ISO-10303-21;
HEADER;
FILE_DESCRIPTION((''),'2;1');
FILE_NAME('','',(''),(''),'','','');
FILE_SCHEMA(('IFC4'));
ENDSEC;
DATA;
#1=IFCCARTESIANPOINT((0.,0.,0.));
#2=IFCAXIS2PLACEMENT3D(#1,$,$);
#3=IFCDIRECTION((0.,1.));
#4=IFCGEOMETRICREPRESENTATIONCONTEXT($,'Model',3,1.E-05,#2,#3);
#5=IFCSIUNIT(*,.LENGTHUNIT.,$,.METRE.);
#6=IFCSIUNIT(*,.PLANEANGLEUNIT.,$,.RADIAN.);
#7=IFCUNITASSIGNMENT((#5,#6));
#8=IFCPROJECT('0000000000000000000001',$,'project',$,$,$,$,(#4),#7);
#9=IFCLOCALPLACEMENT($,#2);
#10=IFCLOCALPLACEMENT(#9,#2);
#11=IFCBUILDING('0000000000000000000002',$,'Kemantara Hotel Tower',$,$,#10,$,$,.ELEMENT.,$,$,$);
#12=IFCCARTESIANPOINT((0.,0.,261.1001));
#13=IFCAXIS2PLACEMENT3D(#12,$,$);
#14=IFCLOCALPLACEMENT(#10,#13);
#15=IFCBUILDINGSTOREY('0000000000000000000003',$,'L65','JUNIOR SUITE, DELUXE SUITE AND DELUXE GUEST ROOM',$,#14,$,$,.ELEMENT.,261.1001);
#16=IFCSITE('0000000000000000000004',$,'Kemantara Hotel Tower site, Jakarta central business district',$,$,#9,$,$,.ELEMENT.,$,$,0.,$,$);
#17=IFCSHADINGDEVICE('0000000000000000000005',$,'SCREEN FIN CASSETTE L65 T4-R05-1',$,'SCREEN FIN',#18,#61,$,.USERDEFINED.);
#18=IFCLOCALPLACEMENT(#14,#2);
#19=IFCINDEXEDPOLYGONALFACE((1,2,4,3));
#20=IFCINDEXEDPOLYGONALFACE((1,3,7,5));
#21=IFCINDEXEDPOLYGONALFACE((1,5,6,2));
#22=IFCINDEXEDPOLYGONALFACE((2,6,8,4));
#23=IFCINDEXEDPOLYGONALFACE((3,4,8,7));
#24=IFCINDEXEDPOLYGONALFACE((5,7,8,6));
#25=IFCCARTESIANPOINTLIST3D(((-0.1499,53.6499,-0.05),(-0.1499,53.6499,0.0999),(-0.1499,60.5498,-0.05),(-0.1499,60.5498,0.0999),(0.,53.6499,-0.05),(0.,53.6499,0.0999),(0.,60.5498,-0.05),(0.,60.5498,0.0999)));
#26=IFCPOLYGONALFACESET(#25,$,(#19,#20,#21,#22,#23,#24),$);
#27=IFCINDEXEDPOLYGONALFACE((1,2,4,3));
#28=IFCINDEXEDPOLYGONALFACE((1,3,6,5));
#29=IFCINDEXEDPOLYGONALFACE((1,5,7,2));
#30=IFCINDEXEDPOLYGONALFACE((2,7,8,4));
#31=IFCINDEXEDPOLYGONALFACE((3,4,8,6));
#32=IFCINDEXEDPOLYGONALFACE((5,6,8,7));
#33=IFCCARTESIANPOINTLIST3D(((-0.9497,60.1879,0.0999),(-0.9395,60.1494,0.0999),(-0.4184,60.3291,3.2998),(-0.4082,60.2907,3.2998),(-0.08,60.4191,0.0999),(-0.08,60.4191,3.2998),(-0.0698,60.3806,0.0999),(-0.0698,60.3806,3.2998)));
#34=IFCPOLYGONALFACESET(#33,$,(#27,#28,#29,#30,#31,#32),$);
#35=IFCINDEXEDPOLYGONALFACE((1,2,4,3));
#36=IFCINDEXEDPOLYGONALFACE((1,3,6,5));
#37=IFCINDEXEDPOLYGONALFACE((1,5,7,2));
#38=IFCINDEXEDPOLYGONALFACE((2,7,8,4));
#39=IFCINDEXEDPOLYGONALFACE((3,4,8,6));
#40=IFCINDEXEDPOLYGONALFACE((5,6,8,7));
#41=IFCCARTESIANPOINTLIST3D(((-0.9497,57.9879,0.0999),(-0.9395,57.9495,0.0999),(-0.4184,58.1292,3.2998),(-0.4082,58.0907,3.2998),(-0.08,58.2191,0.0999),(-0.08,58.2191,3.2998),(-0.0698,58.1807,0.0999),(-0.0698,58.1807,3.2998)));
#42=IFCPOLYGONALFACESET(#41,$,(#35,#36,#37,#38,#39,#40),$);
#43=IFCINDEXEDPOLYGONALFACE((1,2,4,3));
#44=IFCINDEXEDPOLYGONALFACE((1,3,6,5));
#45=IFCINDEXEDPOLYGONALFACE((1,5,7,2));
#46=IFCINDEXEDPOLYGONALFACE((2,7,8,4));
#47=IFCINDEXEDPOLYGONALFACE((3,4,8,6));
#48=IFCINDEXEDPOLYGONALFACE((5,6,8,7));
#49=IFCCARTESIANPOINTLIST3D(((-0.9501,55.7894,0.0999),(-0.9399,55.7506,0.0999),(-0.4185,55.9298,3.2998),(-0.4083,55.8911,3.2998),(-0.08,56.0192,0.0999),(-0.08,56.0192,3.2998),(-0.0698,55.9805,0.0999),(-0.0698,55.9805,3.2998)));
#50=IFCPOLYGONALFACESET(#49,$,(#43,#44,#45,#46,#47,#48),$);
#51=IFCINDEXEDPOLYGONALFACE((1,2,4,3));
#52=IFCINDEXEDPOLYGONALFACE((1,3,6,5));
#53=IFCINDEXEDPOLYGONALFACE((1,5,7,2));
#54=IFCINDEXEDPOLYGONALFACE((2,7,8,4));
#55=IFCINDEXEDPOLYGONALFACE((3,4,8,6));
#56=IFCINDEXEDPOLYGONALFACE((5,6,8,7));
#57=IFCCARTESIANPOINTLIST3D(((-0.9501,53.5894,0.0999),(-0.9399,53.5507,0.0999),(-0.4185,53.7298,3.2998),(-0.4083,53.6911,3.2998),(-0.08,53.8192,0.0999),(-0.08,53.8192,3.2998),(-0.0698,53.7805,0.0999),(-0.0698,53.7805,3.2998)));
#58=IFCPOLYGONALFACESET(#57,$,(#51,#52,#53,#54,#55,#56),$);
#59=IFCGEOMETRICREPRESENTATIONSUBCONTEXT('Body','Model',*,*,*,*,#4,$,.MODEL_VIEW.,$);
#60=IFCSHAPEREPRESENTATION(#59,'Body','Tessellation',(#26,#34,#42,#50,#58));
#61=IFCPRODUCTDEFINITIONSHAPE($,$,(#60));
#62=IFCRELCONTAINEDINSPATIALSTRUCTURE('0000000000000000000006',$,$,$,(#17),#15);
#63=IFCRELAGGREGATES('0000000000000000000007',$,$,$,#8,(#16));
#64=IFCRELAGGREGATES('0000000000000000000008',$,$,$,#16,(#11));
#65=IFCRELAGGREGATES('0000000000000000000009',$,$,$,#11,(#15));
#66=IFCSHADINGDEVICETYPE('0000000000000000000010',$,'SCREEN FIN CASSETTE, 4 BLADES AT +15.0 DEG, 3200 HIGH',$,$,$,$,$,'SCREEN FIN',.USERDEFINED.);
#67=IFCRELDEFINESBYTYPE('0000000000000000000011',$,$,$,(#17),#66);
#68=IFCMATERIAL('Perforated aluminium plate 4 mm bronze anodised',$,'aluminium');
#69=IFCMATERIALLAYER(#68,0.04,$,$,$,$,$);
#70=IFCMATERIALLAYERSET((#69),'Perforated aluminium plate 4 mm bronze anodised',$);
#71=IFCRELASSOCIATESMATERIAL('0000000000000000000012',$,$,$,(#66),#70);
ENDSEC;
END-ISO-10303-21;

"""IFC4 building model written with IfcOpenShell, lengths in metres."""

from ifc_helpers import new_model, si_unit, direction, frame, origin, origin_2d, place, context, subcontext, project, spatial, polyline, rectangle, outline, extrude, source, transform, mapped, material, layer, layer_set, type_object, element, save


model = new_model("IFC4")

# Units and contexts
model_context = context("Model", 3, precision=1e-05, world=origin(), true_north=direction((0.0, 1.0)))
body_context = subcontext(model_context, "Body", "Model", "MODEL_VIEW")
ifc_project = project(units=[si_unit("LENGTHUNIT", "METRE"), si_unit("PLANEANGLEUNIT", "RADIAN")], contexts=[model_context])

# Site, building, storey
site_placement = place(None, origin())
site = spatial("IfcSite", under=ifc_project, at=site_placement, Name="Kemantara Hotel Tower site, Jakarta central business district", CompositionType="ELEMENT", RefElevation=0.0)
building_placement = place(site_placement, origin())
building = spatial("IfcBuilding", under=site, at=building_placement, Name="Kemantara Hotel Tower", CompositionType="ELEMENT")
storey_placement = place(building_placement, frame((0.0, 0.0, 261.1001)))
storey = spatial("IfcBuildingStorey", under=building, at=storey_placement, Name="L65", Description="JUNIOR SUITE, DELUXE SUITE AND DELUXE GUEST ROOM", CompositionType="ELEMENT", Elevation=261.1001)

# Shading device
ifc_material_1 = material(Name="Perforated aluminium plate 4 mm bronze anodised", Category="aluminium")
ifc_layer_1 = layer(ifc_material_1, 0.04)
ifc_layer_set_1 = layer_set([ifc_layer_1], Name="Perforated aluminium plate 4 mm bronze anodised")
shading_device_type_1 = type_object("IfcShadingDeviceType", Name="SCREEN FIN CASSETTE, 4 BLADES AT +15.0 DEG, 3200 HIGH", ElementType="SCREEN FIN", PredefinedType="USERDEFINED", material=ifc_layer_set_1)
shared_shape_1 = source(origin(), body_context, "Body", "SweptSolid", [
    extrude(rectangle(XDim=6.8999, YDim=0.1499, at=origin_2d()), frame((3.3, -0.075, -0.1499), z_axis=(0.0, 0.0, 1.0), x_axis=(1.0, 0.0, 0.0)), (0.0, 0.0, 1.0), 0.1499),
    extrude(outline(polyline([(0.0, 0.0), (0.8999, 0.0), (0.3501, 3.2), (0.0, 3.2), (0.0, 0.0)])), frame((0.0193, -0.0698, 0.0), z_axis=(-0.966438, -0.256901, 0.0), x_axis=(0.256901, -0.966438, 0.0)), (0.0, 0.0, 1.0), 0.0398),
    extrude(outline(polyline([(0.0, 0.0), (0.8999, 0.0), (0.3501, 3.2), (0.0, 3.2), (0.0, 0.0)])), frame((2.2192, -0.0698, 0.0), z_axis=(-0.966438, -0.256901, 0.0), x_axis=(0.256901, -0.966438, 0.0)), (0.0, 0.0, 1.0), 0.0398),
    extrude(outline(polyline([(0.0, 0.0), (0.8999, 0.0), (0.3501, 3.2), (0.0, 3.2), (0.0, 0.0)])), frame((4.4194, -0.0698, 0.0), z_axis=(-0.966838, -0.255391, 0.0), x_axis=(0.255391, -0.966838, 0.0)), (0.0, 0.0, 1.0), 0.04),
    extrude(outline(polyline([(0.0, 0.0), (0.8999, 0.0), (0.3501, 3.2), (0.0, 3.2), (0.0, 0.0)])), frame((6.6194, -0.0698, 0.0), z_axis=(-0.966838, -0.255391, 0.0), x_axis=(0.255391, -0.966838, 0.0)), (0.0, 0.0, 1.0), 0.04),
])
shading_device_1_placement = place(storey_placement, frame((0.0, 60.3999, 0.0999), z_axis=(0.0, 0.0, 1.0), x_axis=(0.0, -1.0, 0.0)))
element("IfcShadingDevice", 1, at=shading_device_1_placement, inside=storey, type_object=shading_device_type_1, Name="SCREEN FIN CASSETTE L65 T4-R05-1", ObjectType="SCREEN FIN", PredefinedType="USERDEFINED", context=body_context, shape_type="MappedRepresentation", body=[
    mapped(shared_shape_1, transform((0.0, 0.0, 0.0))),
])

save(model, "model.ifc")
